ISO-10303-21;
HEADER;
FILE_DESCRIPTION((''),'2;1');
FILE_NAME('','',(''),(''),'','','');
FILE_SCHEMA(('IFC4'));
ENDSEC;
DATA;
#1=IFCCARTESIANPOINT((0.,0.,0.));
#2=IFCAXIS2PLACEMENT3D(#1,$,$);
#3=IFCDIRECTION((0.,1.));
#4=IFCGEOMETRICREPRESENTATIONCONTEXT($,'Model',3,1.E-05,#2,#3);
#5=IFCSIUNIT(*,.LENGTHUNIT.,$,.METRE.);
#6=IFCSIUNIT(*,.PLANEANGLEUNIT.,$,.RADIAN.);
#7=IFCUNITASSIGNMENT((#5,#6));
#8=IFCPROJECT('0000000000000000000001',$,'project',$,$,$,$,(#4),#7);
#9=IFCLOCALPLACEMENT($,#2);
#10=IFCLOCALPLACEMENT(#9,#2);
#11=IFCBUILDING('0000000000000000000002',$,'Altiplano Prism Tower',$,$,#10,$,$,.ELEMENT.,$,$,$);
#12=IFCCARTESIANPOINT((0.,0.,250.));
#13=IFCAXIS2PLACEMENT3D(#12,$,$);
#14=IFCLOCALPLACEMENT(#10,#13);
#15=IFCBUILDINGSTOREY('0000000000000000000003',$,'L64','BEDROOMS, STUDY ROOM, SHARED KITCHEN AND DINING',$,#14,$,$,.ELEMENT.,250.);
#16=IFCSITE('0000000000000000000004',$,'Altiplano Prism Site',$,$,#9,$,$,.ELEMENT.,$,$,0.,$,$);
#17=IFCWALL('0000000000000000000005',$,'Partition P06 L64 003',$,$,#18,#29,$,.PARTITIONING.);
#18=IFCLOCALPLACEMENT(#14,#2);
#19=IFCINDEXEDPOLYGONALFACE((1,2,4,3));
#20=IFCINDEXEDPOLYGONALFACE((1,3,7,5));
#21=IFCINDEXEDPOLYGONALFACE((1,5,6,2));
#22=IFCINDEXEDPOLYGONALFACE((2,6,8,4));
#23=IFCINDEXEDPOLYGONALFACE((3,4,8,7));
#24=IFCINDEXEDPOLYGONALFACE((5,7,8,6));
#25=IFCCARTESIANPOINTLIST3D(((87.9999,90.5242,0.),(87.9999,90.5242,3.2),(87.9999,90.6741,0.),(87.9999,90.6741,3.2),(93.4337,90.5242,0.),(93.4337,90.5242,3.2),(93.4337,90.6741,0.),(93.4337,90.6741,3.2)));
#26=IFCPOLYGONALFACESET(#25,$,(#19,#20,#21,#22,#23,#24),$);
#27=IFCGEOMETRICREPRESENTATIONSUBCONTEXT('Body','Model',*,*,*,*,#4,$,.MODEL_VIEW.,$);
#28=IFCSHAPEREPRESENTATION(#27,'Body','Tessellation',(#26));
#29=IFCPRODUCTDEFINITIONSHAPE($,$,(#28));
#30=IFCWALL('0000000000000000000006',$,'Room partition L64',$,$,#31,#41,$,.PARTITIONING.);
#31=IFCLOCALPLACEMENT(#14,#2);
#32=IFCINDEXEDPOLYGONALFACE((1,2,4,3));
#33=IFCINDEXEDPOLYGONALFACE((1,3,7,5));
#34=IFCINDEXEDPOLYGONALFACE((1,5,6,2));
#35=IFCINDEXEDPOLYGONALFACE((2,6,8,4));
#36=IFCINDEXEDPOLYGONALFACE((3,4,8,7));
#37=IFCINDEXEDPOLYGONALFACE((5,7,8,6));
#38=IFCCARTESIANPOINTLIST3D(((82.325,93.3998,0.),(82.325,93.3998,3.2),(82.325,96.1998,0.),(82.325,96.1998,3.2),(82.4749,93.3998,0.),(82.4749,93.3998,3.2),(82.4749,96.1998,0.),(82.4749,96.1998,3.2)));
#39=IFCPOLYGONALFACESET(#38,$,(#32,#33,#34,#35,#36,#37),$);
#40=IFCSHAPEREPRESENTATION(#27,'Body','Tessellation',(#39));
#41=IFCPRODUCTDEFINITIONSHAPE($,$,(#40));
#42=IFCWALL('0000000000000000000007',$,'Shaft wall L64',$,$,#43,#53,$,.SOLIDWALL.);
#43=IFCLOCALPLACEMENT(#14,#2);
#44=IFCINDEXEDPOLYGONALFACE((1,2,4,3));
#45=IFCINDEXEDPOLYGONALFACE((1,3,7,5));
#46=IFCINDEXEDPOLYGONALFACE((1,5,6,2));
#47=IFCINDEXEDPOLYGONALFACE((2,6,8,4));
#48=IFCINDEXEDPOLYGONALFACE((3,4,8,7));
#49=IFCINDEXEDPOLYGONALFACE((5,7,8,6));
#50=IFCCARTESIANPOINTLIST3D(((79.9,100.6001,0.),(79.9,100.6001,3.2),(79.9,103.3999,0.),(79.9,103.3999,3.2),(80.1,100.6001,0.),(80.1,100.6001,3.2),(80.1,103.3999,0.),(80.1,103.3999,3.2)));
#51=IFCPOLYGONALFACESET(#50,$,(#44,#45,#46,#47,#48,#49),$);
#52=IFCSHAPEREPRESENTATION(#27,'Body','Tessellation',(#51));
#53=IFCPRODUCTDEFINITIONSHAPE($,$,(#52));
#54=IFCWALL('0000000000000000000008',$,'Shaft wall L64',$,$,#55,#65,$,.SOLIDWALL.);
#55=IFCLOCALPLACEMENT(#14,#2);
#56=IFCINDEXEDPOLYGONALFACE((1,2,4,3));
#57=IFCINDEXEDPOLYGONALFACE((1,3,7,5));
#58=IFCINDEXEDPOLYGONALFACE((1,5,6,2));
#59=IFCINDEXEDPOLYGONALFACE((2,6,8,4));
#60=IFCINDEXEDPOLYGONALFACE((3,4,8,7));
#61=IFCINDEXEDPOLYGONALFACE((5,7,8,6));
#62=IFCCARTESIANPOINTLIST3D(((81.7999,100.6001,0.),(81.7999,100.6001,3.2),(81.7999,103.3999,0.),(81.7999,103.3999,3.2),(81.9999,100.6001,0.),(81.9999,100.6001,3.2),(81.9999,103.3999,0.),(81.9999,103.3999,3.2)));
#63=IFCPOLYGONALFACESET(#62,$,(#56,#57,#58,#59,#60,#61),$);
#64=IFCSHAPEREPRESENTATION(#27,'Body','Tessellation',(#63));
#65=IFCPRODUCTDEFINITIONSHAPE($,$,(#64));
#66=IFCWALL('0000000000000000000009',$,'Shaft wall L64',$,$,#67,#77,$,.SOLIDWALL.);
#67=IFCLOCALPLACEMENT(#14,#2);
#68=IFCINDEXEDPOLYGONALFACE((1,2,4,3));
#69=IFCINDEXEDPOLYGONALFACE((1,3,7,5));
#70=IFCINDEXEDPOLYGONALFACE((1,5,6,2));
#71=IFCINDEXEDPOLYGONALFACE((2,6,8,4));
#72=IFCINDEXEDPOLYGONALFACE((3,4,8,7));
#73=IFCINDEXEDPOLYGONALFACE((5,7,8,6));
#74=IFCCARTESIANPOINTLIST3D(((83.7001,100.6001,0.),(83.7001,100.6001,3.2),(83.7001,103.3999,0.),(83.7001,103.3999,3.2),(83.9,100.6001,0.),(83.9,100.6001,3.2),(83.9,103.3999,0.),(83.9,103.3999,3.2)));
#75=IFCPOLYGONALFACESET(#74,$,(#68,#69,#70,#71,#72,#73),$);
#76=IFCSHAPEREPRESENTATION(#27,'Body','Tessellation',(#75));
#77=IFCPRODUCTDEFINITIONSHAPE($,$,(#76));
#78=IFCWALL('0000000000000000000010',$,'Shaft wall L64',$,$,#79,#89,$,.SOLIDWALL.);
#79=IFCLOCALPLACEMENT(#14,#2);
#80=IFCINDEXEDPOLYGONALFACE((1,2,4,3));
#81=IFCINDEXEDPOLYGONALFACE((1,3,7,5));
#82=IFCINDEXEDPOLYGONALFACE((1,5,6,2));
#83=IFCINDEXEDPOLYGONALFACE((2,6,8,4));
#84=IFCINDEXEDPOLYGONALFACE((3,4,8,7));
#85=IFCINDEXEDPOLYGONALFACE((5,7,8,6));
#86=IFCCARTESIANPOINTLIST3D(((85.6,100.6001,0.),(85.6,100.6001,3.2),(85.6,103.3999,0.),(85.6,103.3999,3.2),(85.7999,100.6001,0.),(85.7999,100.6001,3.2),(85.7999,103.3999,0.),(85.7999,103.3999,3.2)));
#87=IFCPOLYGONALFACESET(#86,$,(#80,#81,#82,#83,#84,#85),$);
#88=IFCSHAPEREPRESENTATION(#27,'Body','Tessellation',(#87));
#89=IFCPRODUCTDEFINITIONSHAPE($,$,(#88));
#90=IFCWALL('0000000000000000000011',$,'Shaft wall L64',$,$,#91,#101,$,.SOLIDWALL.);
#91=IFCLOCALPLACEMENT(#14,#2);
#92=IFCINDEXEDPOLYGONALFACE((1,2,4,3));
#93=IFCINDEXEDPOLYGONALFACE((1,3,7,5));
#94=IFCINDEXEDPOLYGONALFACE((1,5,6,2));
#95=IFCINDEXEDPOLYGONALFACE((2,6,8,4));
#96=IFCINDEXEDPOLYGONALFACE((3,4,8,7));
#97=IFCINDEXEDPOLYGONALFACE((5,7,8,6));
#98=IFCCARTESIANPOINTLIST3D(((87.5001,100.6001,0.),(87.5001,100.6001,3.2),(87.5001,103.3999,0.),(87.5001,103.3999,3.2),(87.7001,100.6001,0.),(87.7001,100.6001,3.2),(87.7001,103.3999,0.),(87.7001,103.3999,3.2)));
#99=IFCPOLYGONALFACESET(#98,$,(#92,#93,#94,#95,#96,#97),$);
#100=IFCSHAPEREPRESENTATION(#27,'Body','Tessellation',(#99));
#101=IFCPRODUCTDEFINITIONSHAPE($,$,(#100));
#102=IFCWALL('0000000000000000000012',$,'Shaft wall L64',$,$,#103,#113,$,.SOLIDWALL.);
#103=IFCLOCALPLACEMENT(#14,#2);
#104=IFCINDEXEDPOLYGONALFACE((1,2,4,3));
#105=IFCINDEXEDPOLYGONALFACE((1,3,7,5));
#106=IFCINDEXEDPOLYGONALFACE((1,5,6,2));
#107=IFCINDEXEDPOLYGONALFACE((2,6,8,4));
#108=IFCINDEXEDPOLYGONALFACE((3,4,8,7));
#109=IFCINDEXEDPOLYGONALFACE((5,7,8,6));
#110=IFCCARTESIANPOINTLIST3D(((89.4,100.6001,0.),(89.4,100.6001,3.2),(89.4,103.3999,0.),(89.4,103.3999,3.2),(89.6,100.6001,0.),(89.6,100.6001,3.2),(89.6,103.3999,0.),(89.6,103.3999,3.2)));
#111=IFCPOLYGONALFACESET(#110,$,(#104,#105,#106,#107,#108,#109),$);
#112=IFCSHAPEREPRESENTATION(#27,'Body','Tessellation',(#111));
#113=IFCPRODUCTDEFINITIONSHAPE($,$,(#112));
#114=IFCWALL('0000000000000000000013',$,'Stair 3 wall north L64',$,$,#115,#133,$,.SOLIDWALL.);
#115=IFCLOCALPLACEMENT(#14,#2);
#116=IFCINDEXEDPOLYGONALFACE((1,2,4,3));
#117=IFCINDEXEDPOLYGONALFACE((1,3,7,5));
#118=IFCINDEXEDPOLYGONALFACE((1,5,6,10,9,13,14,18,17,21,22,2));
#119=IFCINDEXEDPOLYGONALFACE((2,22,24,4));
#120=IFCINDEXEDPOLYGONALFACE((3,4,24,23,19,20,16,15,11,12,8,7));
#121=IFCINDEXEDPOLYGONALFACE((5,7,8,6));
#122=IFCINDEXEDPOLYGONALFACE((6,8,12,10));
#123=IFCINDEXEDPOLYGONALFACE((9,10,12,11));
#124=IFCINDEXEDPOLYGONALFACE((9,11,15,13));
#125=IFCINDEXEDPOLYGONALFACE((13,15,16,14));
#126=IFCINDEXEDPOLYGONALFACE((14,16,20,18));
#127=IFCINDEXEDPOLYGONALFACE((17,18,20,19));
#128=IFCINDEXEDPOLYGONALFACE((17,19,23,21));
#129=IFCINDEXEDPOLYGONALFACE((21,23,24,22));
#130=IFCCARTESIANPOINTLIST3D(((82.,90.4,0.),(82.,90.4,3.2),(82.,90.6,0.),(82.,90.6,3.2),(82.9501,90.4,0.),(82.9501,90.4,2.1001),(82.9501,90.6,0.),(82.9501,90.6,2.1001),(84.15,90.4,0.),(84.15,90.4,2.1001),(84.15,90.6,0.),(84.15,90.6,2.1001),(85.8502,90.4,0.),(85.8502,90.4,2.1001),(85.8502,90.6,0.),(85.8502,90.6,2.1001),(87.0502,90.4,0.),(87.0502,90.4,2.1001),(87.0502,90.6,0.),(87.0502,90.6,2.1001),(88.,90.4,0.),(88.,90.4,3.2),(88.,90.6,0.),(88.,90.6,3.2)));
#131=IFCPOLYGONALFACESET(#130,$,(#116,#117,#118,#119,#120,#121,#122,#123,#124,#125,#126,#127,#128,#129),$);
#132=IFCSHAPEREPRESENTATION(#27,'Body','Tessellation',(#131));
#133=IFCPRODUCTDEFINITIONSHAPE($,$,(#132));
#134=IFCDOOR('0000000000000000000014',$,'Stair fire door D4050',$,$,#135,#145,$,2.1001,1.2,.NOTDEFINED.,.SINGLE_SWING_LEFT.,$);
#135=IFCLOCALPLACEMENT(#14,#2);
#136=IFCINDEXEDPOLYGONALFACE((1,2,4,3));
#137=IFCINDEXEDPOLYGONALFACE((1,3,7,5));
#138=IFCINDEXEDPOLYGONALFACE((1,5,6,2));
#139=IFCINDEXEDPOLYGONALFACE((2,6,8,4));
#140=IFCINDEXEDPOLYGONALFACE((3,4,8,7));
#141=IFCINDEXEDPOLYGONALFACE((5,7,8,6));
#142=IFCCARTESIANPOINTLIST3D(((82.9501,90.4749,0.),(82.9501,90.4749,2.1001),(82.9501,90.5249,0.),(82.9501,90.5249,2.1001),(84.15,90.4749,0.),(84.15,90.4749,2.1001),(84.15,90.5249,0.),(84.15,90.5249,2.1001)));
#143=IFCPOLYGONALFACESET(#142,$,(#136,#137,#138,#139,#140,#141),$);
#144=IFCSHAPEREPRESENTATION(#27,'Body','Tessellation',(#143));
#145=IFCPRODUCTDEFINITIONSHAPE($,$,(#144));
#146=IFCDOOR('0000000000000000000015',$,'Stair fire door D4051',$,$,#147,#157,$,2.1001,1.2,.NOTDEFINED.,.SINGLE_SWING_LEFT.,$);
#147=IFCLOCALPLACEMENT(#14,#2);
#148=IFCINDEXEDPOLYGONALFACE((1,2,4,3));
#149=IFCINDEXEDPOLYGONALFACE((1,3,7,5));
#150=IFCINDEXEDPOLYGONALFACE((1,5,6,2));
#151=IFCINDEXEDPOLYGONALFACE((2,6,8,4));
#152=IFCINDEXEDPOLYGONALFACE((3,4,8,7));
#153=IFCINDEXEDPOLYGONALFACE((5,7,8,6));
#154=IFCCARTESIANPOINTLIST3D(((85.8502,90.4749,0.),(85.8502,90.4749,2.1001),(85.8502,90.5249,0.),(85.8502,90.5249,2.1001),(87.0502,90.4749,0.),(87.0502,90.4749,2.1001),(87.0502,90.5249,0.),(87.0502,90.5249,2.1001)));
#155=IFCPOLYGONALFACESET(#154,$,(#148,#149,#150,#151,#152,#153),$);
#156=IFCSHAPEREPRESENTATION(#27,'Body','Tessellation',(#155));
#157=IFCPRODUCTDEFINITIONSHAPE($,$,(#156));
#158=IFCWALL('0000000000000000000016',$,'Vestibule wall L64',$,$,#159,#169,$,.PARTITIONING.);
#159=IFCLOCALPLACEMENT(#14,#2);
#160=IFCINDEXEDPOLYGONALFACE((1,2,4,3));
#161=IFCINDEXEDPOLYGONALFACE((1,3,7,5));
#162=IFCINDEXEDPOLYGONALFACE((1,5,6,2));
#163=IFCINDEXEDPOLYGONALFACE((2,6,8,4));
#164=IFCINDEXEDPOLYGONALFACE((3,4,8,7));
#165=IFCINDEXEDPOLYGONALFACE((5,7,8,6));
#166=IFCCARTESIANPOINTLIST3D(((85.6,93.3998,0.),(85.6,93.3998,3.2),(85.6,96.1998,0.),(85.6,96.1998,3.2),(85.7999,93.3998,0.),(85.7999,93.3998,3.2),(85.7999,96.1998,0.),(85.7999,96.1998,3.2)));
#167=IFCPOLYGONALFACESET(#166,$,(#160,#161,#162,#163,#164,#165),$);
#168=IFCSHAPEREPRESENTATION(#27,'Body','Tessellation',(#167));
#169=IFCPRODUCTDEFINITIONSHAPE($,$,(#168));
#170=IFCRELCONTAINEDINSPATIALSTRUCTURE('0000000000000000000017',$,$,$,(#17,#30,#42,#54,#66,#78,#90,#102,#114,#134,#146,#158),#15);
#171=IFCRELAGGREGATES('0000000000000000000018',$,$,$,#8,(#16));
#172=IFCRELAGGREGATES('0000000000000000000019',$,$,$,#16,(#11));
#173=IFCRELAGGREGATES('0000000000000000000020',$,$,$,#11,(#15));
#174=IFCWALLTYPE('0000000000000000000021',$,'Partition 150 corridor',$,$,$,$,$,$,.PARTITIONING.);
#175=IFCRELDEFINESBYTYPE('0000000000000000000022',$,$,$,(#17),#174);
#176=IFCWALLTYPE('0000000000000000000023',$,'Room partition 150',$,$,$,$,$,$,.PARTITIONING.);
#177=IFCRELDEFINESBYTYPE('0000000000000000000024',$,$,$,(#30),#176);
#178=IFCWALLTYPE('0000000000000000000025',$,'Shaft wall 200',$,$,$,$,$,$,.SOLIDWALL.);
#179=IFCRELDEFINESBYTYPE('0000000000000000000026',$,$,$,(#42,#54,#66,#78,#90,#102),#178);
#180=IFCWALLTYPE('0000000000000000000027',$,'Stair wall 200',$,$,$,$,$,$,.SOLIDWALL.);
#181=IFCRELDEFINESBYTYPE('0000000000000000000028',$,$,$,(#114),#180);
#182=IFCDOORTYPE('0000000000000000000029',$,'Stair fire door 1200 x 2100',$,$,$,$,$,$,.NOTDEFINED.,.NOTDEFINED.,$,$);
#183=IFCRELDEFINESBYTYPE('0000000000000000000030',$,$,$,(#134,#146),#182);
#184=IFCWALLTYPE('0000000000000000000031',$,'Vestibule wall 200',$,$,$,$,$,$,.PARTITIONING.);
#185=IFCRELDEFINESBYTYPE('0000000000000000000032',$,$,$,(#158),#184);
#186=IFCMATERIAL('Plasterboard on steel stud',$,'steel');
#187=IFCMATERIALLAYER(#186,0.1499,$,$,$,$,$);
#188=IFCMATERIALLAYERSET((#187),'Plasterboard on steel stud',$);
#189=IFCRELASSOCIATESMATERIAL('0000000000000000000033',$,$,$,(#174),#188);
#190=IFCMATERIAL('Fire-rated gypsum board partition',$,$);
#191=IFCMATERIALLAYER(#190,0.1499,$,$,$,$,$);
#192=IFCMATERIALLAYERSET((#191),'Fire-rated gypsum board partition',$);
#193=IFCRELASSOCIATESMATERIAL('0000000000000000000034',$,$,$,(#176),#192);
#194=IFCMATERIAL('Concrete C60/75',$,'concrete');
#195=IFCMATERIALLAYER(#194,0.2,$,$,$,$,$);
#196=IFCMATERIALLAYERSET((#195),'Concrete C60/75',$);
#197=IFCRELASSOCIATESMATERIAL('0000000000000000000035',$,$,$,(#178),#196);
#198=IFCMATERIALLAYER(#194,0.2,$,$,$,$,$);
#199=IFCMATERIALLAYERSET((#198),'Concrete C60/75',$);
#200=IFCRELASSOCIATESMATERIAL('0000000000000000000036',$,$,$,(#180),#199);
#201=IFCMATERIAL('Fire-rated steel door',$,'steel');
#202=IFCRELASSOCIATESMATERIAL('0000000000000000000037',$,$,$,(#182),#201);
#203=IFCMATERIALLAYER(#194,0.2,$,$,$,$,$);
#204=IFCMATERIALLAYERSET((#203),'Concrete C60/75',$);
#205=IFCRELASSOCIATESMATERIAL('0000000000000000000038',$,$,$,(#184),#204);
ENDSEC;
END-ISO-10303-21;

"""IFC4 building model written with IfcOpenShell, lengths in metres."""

from ifc_helpers import new_model, si_unit, direction, frame, frame_2d, origin, place, context, subcontext, project, spatial, rectangle, extrude, material, layer, layer_set, type_object, element, fill, save


model = new_model("IFC4")

# Units and contexts
model_context = context("Model", 3, precision=1e-05, world=origin(), true_north=direction((0.0, 1.0)))
body_context = subcontext(model_context, "Body", "Model", "MODEL_VIEW")
ifc_project = project(units=[si_unit("LENGTHUNIT", "METRE"), si_unit("PLANEANGLEUNIT", "RADIAN")], contexts=[model_context])

# Site, building, storey
site_placement = place(None, origin())
site = spatial("IfcSite", under=ifc_project, at=site_placement, Name="Altiplano Prism Site", CompositionType="ELEMENT", RefElevation=0.0)
building_placement = place(site_placement, origin())
building = spatial("IfcBuilding", under=site, at=building_placement, Name="Altiplano Prism Tower", CompositionType="ELEMENT")
storey_placement = place(building_placement, frame((0.0, 0.0, 250.0)))
storey = spatial("IfcBuildingStorey", under=building, at=storey_placement, Name="L64", Description="BEDROOMS, STUDY ROOM, SHARED KITCHEN AND DINING", CompositionType="ELEMENT", Elevation=250.0)

# Walls
ifc_material_1 = material(Name="Plasterboard on steel stud", Category="steel")
ifc_layer_1 = layer(ifc_material_1, 0.1499)
ifc_layer_set_1 = layer_set([ifc_layer_1], Name="Plasterboard on steel stud")
wall_type_1 = type_object("IfcWallType", Name="Partition 150 corridor", PredefinedType="PARTITIONING", material=ifc_layer_set_1)
wall_1_placement = place(storey_placement, frame((88.0, 90.5991, 0.0), z_axis=(0.0, 0.0, 1.0), x_axis=(1.0, 0.0, 0.0)))
element("IfcWall", 1, at=wall_1_placement, inside=storey, type_object=wall_type_1, Name="Partition P06 L64 003", PredefinedType="PARTITIONING", context=body_context, shape_type="SweptSolid", body=[
    extrude(rectangle(XDim=5.4338, YDim=0.1499, at=frame_2d((2.7168, 0.0))), origin(), (0.0, 0.0, 1.0), 3.2),
])
ifc_material_2 = material(Name="Fire-rated gypsum board partition")
ifc_layer_2 = layer(ifc_material_2, 0.1499)
ifc_layer_set_2 = layer_set([ifc_layer_2], Name="Fire-rated gypsum board partition")
wall_type_2 = type_object("IfcWallType", Name="Room partition 150", PredefinedType="PARTITIONING", material=ifc_layer_set_2)
wall_2_placement = place(storey_placement, frame((82.3999, 93.3999, 0.0), z_axis=(0.0, 0.0, 1.0), x_axis=(0.0, 1.0, 0.0)))
element("IfcWall", 2, at=wall_2_placement, inside=storey, type_object=wall_type_2, Name="Room partition L64", PredefinedType="PARTITIONING", context=body_context, shape_type="SweptSolid", body=[
    extrude(rectangle(XDim=2.8, YDim=0.1499, at=frame_2d((1.3999, 0.0))), origin(), (0.0, 0.0, 1.0), 3.2),
])
ifc_material_3 = material(Name="Concrete C60/75", Category="concrete")
ifc_layer_3 = layer(ifc_material_3, 0.2)
ifc_layer_set_3 = layer_set([ifc_layer_3], Name="Concrete C60/75")
wall_type_3 = type_object("IfcWallType", Name="Shaft wall 200", PredefinedType="SOLIDWALL", material=ifc_layer_set_3)
for number, where, z_axis, x_axis, name in (
    (3, (80.0, 100.6001, 0.0), (0.0, 0.0, 1.0), (0.0, 1.0, 0.0), "Shaft wall L64"),
    (4, (81.8999, 100.6001, 0.0), (0.0, 0.0, 1.0), (0.0, 1.0, 0.0), "Shaft wall L64"),
    (5, (83.8, 100.6001, 0.0), (0.0, 0.0, 1.0), (0.0, 1.0, 0.0), "Shaft wall L64"),
    (6, (85.7, 100.6001, 0.0), (0.0, 0.0, 1.0), (0.0, 1.0, 0.0), "Shaft wall L64"),
    (7, (87.6001, 100.6001, 0.0), (0.0, 0.0, 1.0), (0.0, 1.0, 0.0), "Shaft wall L64"),
    (8, (89.5, 100.6001, 0.0), (0.0, 0.0, 1.0), (0.0, 1.0, 0.0), "Shaft wall L64"),
):
    element("IfcWall", number, at=place(storey_placement, frame(where, z_axis=z_axis, x_axis=x_axis)), inside=storey, type_object=wall_type_3, Name=name, PredefinedType="SOLIDWALL", context=body_context, shape_type="SweptSolid", body=[
        extrude(rectangle(XDim=2.7998, YDim=0.2, at=frame_2d((1.3999, 0.0))), origin(), (0.0, 0.0, 1.0), 3.2),
    ])

# Wall, openings, doors
ifc_layer_4 = layer(ifc_material_3, 0.2)
ifc_layer_set_4 = layer_set([ifc_layer_4], Name="Concrete C60/75")
wall_type_4 = type_object("IfcWallType", Name="Stair wall 200", PredefinedType="SOLIDWALL", material=ifc_layer_set_4)
wall_3_placement = place(storey_placement, frame((82.0, 90.5, 0.0), z_axis=(0.0, 0.0, 1.0), x_axis=(1.0, 0.0, 0.0)))
wall_3 = element("IfcWall", 9, at=wall_3_placement, inside=storey, type_object=wall_type_4, Name="Stair 3 wall north L64", PredefinedType="SOLIDWALL", context=body_context, shape_type="SweptSolid", body=[
    extrude(rectangle(XDim=6.0, YDim=0.2, at=frame_2d((3.0, 0.0))), origin(), (0.0, 0.0, 1.0), 3.2),
])
opening_1_placement = place(wall_3_placement, frame((0.95, 0.0, 0.0)))
opening_1 = element("IfcOpeningElement", 10, at=opening_1_placement, cuts=wall_3, PredefinedType="OPENING", context=body_context, shape_type="SweptSolid", body=[
    extrude(rectangle(XDim=1.2, YDim=2.1001, at=frame_2d((0.6001, 1.05))), frame((0.0, 0.1104, 0.0), z_axis=(0.0, -1.0, 0.0), x_axis=(1.0, 0.0, 0.0)), (0.0, 0.0, 1.0), 0.2209),
])
opening_2_placement = place(wall_3_placement, frame((3.8501, 0.0, 0.0)))
opening_2 = element("IfcOpeningElement", 11, at=opening_2_placement, cuts=wall_3, PredefinedType="OPENING", context=body_context, shape_type="SweptSolid", body=[
    extrude(rectangle(XDim=1.2, YDim=2.1001, at=frame_2d((0.6001, 1.05))), frame((0.0, 0.1104, 0.0), z_axis=(0.0, -1.0, 0.0), x_axis=(1.0, 0.0, 0.0)), (0.0, 0.0, 1.0), 0.2209),
])
ifc_material_4 = material(Name="Fire-rated steel door", Category="steel")
door_type_1 = type_object("IfcDoorType", Name="Stair fire door 1200 x 2100", OperationType="NOTDEFINED", PredefinedType="NOTDEFINED", material=ifc_material_4)
door_1_placement = place(opening_1_placement, origin())
door_1 = element("IfcDoor", 12, at=door_1_placement, inside=storey, type_object=door_type_1, Name="Stair fire door D4050", OperationType="SINGLE_SWING_LEFT", OverallHeight=2.1001, OverallWidth=1.2, PredefinedType="NOTDEFINED", context=body_context, shape_type="SweptSolid", body=[
    extrude(rectangle(XDim=1.2, YDim=2.1001, at=frame_2d((0.6001, 1.05))), frame((0.0, 0.0249, 0.0), z_axis=(0.0, -1.0, 0.0), x_axis=(1.0, 0.0, 0.0)), (0.0, 0.0, 1.0), 0.05),
])
fill(opening_1, door_1)
door_2_placement = place(opening_2_placement, origin())
door_2 = element("IfcDoor", 13, at=door_2_placement, inside=storey, type_object=door_type_1, Name="Stair fire door D4051", OperationType="SINGLE_SWING_LEFT", OverallHeight=2.1001, OverallWidth=1.2, PredefinedType="NOTDEFINED", context=body_context, shape_type="SweptSolid", body=[
    extrude(rectangle(XDim=1.2, YDim=2.1001, at=frame_2d((0.6001, 1.05))), frame((0.0, 0.0249, 0.0), z_axis=(0.0, -1.0, 0.0), x_axis=(1.0, 0.0, 0.0)), (0.0, 0.0, 1.0), 0.05),
])
fill(opening_2, door_2)

# Wall
ifc_layer_5 = layer(ifc_material_3, 0.2)
ifc_layer_set_5 = layer_set([ifc_layer_5], Name="Concrete C60/75")
wall_type_5 = type_object("IfcWallType", Name="Vestibule wall 200", PredefinedType="PARTITIONING", material=ifc_layer_set_5)
wall_4_placement = place(storey_placement, frame((85.7, 93.3999, 0.0), z_axis=(0.0, 0.0, 1.0), x_axis=(0.0, 1.0, 0.0)))
element("IfcWall", 14, at=wall_4_placement, inside=storey, type_object=wall_type_5, Name="Vestibule wall L64", PredefinedType="PARTITIONING", context=body_context, shape_type="SweptSolid", body=[
    extrude(rectangle(XDim=2.8, YDim=0.2, at=frame_2d((1.3999, 0.0))), origin(), (0.0, 0.0, 1.0), 3.2),
])

save(model, "model.ifc")
